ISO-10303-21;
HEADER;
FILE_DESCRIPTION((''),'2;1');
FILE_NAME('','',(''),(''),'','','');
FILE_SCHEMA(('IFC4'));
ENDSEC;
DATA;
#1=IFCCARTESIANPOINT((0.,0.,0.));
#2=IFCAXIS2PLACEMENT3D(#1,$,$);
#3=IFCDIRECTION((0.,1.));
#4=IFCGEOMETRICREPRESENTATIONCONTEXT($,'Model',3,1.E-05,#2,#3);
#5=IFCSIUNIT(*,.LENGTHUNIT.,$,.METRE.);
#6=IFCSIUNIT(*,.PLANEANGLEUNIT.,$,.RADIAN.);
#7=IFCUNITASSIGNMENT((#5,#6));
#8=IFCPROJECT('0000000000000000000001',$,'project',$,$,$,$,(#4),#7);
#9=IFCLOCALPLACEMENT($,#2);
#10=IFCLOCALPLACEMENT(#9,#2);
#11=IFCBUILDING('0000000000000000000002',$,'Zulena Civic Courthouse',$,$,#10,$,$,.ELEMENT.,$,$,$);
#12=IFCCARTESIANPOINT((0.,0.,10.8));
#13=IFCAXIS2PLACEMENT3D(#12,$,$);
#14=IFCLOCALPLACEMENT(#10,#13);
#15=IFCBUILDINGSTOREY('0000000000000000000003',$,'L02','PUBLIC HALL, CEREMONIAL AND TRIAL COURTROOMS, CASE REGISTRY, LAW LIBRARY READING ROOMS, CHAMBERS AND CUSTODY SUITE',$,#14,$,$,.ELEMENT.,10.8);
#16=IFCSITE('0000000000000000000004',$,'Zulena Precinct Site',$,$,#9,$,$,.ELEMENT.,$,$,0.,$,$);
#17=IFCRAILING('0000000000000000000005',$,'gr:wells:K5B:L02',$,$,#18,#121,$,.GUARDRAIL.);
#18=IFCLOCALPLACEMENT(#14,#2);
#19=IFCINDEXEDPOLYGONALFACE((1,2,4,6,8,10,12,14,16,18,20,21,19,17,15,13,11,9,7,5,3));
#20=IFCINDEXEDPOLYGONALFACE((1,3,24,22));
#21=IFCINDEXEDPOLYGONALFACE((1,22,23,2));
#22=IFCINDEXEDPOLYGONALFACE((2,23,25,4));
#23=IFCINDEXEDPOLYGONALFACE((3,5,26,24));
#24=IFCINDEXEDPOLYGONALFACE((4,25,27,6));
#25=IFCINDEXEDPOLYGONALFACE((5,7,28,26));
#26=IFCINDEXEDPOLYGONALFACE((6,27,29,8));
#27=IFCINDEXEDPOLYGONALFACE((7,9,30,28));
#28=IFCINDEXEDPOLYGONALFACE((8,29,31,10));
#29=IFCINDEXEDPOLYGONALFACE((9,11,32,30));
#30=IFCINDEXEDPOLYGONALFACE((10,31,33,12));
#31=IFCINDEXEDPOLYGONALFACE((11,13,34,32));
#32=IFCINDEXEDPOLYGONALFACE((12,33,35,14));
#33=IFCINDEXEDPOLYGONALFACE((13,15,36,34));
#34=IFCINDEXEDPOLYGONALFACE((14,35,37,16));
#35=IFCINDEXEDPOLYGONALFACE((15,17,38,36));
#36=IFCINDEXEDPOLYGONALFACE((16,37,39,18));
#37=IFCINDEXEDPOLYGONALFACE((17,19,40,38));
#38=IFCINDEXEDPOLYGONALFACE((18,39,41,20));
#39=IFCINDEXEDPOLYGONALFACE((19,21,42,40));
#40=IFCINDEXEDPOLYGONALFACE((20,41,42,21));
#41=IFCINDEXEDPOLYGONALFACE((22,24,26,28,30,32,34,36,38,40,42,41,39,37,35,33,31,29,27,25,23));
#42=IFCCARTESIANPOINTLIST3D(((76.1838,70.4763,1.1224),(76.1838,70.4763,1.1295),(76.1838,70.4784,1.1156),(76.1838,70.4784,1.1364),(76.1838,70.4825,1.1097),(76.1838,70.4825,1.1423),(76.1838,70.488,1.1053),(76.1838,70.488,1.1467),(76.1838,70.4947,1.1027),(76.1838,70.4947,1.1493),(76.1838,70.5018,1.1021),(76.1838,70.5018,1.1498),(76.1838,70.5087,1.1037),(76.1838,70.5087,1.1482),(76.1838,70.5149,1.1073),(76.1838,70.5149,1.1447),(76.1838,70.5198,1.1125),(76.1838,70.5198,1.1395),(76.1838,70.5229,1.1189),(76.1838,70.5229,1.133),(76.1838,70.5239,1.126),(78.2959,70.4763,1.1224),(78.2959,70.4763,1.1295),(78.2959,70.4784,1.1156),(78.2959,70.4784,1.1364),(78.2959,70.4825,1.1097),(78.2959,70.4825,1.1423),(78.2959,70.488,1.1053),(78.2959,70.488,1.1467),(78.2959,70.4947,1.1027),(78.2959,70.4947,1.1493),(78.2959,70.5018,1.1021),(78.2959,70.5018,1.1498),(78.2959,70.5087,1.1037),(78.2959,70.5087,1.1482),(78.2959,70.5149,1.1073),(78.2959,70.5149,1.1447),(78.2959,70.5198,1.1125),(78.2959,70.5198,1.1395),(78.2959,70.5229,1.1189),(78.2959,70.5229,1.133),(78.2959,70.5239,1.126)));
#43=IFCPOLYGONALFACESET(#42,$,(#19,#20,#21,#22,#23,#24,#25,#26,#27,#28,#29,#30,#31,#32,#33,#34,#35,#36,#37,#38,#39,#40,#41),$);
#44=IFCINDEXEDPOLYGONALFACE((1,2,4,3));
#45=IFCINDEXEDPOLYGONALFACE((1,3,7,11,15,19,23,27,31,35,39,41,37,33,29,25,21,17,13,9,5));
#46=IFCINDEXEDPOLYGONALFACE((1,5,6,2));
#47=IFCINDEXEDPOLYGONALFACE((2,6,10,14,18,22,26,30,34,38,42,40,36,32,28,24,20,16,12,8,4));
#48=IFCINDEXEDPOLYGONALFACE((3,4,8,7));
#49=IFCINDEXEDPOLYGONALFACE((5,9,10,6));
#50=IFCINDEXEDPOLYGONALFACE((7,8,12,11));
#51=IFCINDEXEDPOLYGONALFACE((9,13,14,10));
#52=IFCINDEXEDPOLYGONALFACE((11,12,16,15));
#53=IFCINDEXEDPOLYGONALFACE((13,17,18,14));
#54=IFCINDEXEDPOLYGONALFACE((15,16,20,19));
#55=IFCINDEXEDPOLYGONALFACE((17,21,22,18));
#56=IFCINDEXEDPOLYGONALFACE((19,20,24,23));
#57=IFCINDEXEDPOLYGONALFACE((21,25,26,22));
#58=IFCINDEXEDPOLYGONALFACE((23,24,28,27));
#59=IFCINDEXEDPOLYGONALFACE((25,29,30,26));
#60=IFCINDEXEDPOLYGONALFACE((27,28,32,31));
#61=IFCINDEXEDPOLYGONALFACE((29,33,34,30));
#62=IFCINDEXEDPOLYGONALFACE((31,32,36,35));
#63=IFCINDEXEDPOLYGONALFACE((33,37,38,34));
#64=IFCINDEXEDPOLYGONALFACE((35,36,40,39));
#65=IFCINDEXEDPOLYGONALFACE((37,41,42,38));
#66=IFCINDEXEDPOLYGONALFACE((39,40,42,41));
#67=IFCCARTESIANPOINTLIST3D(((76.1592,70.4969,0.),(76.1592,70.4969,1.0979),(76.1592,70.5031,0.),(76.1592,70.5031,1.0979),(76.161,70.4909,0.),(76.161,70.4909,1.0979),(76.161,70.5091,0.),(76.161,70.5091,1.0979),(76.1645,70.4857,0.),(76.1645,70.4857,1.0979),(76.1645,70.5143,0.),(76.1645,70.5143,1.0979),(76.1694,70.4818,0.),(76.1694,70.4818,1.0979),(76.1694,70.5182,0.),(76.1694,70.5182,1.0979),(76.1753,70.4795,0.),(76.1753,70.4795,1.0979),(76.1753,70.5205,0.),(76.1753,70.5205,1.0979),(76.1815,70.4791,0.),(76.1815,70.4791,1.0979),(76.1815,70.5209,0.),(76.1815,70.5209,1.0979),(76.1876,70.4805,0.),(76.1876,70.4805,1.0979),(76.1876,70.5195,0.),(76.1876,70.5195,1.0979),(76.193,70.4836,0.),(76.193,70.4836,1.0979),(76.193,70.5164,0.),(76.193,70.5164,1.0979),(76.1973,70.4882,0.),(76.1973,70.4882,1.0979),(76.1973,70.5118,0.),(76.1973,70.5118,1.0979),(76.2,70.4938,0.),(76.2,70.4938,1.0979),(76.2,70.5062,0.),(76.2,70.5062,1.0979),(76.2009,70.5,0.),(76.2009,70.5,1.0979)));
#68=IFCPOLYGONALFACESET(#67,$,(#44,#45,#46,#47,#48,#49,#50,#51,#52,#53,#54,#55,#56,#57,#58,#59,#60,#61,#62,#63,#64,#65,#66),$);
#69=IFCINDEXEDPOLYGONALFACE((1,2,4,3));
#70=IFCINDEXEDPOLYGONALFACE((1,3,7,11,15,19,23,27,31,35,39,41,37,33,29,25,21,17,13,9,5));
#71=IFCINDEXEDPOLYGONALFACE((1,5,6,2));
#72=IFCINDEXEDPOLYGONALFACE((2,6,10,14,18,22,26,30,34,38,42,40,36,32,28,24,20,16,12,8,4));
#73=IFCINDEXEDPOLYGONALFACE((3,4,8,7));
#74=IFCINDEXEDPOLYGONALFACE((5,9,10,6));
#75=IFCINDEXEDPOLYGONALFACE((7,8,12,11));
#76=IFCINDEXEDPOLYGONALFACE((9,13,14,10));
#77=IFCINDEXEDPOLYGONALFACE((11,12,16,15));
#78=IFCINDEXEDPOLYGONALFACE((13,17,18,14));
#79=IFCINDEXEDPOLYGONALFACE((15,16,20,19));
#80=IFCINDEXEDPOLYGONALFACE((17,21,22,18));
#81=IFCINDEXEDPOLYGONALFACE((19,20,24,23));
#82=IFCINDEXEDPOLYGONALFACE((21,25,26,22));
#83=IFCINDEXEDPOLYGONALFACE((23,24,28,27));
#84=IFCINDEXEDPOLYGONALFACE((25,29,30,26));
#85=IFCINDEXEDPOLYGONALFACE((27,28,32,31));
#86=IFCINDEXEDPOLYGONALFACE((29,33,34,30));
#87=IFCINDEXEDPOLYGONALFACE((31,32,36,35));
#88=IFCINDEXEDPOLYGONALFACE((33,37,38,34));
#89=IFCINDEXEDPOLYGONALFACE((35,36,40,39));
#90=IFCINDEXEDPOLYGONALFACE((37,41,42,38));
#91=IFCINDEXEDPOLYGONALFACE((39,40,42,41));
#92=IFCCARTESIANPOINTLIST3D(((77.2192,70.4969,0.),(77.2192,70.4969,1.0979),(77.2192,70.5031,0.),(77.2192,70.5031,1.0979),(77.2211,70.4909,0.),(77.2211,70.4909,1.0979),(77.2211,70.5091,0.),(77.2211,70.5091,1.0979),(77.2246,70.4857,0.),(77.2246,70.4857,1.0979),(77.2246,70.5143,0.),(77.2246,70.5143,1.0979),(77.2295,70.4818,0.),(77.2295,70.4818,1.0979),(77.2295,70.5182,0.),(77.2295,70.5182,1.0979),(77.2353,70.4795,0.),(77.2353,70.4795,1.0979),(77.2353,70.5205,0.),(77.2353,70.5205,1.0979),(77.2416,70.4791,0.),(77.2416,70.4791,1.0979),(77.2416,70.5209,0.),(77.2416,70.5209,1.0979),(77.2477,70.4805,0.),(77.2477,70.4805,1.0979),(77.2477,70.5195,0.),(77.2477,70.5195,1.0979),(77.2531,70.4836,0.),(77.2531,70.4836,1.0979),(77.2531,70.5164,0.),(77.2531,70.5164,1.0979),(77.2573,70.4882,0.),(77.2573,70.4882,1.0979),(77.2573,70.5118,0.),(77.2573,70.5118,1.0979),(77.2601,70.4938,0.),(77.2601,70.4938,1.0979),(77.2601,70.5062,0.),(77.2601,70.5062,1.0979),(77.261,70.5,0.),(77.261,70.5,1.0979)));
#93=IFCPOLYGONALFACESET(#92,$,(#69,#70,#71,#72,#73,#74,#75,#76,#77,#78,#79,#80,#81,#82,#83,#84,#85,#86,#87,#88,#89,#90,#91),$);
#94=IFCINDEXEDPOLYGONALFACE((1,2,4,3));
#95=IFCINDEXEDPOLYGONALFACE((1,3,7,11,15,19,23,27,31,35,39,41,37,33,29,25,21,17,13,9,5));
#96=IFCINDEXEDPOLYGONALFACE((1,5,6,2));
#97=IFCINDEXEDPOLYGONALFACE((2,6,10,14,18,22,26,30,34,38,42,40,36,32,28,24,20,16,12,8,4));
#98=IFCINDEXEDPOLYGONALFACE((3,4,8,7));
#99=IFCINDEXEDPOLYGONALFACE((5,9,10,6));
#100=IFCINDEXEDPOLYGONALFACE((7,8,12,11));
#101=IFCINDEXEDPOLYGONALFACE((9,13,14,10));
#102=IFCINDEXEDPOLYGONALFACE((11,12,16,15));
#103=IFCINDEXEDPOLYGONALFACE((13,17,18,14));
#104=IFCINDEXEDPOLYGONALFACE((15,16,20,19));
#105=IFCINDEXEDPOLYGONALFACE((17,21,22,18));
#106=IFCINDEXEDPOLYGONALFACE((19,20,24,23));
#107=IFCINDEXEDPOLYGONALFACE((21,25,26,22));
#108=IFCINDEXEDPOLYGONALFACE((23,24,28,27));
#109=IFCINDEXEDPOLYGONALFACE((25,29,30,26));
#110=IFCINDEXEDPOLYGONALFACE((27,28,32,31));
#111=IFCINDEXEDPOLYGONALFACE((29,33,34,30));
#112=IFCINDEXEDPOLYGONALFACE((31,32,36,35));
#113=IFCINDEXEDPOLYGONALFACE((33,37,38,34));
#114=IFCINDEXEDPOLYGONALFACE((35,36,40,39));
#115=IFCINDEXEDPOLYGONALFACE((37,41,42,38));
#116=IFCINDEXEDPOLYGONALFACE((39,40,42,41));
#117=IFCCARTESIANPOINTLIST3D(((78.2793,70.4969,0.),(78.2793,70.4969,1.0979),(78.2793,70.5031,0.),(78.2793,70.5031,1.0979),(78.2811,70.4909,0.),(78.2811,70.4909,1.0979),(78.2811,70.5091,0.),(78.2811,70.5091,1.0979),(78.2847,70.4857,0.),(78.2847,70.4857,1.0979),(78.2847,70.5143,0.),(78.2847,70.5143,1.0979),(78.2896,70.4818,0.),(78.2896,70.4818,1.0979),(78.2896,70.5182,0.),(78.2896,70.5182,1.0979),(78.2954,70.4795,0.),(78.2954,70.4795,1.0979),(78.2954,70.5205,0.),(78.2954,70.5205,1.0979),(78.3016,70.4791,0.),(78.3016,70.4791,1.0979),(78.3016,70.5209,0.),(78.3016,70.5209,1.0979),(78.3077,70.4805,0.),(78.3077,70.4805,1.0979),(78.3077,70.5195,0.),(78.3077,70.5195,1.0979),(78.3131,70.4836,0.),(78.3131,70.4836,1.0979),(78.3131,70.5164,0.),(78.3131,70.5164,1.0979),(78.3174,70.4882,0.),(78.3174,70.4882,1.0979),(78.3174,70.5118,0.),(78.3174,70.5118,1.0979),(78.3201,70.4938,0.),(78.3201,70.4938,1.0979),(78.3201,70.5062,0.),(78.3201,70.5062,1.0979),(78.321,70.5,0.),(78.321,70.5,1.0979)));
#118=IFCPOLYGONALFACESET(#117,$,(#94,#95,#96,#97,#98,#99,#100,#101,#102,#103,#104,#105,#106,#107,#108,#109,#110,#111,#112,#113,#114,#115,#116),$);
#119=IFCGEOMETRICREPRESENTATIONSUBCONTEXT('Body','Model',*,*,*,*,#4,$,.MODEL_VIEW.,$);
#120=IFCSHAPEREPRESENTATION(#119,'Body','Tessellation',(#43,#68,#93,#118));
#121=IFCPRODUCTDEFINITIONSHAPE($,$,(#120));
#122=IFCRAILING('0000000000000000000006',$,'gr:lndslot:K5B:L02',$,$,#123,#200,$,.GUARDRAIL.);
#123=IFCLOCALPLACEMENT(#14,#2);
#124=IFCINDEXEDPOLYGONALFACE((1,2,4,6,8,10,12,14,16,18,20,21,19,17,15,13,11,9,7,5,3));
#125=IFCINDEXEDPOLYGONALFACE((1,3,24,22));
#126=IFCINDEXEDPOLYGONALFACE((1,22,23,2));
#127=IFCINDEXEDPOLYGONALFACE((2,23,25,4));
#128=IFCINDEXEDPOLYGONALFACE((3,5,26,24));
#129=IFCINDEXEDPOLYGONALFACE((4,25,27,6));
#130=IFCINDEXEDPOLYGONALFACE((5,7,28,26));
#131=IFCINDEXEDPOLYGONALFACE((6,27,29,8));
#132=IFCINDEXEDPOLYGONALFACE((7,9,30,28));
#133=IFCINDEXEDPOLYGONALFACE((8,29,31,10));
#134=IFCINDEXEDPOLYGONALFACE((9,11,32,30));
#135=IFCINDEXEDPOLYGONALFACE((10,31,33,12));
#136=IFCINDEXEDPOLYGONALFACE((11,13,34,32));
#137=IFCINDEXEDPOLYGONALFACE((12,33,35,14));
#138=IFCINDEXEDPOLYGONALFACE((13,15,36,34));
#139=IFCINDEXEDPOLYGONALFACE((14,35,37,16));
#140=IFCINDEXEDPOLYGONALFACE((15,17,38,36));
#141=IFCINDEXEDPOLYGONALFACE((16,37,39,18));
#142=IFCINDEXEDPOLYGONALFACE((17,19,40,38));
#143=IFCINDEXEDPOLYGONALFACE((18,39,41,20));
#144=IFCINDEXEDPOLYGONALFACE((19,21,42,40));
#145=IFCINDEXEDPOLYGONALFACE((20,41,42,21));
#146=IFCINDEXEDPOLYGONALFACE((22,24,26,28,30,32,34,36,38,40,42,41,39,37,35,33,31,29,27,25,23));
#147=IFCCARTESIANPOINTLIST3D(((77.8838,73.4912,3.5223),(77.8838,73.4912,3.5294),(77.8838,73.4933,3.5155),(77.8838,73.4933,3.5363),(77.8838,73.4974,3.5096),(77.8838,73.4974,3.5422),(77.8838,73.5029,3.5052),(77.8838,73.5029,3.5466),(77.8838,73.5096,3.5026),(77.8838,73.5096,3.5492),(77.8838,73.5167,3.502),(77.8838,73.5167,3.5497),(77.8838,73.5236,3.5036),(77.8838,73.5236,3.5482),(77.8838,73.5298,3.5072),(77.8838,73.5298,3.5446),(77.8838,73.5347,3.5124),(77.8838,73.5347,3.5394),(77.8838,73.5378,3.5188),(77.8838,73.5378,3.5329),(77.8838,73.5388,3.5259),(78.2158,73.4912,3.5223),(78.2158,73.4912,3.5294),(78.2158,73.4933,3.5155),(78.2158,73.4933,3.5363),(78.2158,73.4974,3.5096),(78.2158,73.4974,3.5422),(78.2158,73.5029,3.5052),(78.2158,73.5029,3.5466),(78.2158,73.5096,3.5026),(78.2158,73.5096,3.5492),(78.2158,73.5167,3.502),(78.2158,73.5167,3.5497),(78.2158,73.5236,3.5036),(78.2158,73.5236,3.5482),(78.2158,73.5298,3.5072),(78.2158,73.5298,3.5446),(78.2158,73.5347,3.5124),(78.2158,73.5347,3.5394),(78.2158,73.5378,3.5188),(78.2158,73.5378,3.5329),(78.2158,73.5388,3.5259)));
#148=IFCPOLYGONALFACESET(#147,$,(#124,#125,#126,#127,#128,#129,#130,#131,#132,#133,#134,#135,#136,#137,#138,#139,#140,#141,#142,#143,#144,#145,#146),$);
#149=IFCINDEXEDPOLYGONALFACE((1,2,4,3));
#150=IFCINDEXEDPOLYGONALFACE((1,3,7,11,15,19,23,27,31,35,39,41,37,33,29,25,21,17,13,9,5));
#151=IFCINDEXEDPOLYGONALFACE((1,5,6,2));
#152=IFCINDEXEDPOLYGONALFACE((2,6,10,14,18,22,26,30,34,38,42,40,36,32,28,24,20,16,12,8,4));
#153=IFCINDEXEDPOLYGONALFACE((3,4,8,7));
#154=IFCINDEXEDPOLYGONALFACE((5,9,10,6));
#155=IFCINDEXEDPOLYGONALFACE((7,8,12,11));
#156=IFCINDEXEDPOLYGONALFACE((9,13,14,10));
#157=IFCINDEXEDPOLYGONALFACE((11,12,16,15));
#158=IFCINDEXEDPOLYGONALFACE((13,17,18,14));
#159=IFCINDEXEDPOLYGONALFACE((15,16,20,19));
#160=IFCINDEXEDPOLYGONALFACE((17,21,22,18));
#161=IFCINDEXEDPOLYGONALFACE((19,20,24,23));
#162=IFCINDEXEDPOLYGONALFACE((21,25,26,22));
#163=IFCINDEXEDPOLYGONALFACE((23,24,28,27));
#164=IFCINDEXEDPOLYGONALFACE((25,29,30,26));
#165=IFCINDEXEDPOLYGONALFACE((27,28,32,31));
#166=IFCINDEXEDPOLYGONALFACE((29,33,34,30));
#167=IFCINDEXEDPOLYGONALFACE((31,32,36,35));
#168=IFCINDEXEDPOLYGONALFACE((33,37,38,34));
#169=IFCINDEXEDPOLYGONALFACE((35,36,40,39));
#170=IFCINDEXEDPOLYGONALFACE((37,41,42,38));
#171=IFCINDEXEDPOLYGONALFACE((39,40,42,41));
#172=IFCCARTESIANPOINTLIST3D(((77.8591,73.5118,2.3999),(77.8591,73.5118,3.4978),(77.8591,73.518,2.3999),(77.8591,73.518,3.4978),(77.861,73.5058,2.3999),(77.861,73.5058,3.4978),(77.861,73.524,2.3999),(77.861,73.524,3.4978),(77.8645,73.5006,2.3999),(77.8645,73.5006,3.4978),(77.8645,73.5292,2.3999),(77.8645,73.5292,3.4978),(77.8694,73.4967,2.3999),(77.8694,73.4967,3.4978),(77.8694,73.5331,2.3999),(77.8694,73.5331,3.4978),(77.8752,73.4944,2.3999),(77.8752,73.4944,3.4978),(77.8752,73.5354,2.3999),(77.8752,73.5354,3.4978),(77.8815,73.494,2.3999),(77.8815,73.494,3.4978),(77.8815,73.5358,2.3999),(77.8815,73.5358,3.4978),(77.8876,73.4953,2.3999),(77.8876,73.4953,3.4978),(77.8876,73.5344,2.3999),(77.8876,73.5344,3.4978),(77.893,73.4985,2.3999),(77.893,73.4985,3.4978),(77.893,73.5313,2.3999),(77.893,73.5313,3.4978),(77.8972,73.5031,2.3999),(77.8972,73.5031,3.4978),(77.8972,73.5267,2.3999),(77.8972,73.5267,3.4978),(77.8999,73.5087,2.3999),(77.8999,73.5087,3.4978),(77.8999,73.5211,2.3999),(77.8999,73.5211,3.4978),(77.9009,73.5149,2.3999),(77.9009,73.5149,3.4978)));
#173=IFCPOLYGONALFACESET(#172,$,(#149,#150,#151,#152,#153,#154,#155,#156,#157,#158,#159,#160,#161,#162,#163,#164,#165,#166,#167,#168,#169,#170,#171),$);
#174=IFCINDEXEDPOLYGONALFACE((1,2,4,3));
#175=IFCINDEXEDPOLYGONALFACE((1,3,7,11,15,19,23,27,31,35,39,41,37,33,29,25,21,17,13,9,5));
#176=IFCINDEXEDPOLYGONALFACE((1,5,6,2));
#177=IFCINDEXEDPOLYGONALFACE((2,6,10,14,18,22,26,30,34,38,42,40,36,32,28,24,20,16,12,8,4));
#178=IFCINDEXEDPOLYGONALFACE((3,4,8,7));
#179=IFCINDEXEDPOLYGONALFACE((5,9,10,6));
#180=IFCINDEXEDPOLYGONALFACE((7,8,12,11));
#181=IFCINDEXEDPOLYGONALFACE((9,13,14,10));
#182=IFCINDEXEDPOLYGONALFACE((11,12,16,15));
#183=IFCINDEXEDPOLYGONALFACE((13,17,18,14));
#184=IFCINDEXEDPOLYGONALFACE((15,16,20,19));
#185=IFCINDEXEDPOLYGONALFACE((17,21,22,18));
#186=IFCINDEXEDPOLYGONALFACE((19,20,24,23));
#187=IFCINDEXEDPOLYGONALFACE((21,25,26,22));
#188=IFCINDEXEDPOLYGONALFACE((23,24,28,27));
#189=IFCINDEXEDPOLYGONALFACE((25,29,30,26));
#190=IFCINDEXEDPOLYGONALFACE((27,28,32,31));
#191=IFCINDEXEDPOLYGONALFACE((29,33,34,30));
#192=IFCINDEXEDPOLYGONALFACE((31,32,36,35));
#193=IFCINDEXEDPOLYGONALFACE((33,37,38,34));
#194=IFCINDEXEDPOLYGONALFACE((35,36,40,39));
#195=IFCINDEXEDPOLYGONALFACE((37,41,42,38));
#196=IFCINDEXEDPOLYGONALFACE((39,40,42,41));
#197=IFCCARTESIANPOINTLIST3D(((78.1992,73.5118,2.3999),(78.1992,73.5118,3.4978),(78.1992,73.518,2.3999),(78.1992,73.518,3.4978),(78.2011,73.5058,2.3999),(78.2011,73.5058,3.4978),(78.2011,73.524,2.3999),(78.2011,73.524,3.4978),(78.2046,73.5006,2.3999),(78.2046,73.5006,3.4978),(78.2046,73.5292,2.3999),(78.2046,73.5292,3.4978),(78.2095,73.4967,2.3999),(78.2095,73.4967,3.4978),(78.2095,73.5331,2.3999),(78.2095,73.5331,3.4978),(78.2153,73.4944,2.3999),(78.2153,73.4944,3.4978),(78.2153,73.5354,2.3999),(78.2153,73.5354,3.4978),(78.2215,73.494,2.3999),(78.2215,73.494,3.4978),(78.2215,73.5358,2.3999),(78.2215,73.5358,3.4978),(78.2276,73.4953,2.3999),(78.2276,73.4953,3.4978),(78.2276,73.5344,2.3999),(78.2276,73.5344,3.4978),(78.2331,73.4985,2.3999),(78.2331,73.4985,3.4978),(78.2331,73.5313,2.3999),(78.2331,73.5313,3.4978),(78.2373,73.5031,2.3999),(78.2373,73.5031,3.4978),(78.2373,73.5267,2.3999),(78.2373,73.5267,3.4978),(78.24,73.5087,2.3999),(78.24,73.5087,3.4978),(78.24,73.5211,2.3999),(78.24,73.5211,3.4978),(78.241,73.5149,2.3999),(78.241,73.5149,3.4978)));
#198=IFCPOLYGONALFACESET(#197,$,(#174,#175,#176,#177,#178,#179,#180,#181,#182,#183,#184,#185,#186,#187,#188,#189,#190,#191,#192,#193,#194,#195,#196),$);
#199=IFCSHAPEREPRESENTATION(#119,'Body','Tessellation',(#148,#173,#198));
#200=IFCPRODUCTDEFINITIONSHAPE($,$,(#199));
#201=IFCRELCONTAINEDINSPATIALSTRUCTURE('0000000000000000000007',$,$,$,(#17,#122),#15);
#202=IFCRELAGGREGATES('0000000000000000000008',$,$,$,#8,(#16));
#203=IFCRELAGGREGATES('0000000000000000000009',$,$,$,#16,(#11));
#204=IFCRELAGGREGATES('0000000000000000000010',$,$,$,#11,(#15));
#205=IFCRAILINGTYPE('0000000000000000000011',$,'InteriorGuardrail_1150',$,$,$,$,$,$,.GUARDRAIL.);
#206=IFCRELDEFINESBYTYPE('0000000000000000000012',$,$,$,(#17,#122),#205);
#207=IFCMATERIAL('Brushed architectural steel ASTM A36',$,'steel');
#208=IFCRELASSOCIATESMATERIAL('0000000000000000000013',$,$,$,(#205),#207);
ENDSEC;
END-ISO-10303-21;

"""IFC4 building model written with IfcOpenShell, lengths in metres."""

from ifc_helpers import new_model, si_unit, direction, frame, origin, origin_2d, place, context, subcontext, project, spatial, circle, extrude, material, type_object, element, save


model = new_model("IFC4")

# Units and contexts
model_context = context("Model", 3, precision=1e-05, world=origin(), true_north=direction((0.0, 1.0)))
body_context = subcontext(model_context, "Body", "Model", "MODEL_VIEW")
ifc_project = project(units=[si_unit("LENGTHUNIT", "METRE"), si_unit("PLANEANGLEUNIT", "RADIAN")], contexts=[model_context])

# Site, building, storey
site_placement = place(None, origin())
site = spatial("IfcSite", under=ifc_project, at=site_placement, Name="Zulena Precinct Site", CompositionType="ELEMENT", RefElevation=0.0)
building_placement = place(site_placement, origin())
building = spatial("IfcBuilding", under=site, at=building_placement, Name="Zulena Civic Courthouse", CompositionType="ELEMENT")
storey_placement = place(building_placement, frame((0.0, 0.0, 10.8)))
storey = spatial("IfcBuildingStorey", under=building, at=storey_placement, Name="L02", Description="PUBLIC HALL, CEREMONIAL AND TRIAL COURTROOMS, CASE REGISTRY, LAW LIBRARY READING ROOMS, CHAMBERS AND CUSTODY SUITE", CompositionType="ELEMENT", Elevation=10.8)

# Railings
ifc_material_1 = material(Name="Brushed architectural steel ASTM A36", Category="steel")
railing_type_1 = type_object("IfcRailingType", Name="InteriorGuardrail_1150", PredefinedType="GUARDRAIL", material=ifc_material_1)
railing_1_placement = place(storey_placement, frame((76.1799, 70.5, 0.0)))
element("IfcRailing", 1, at=railing_1_placement, inside=storey, type_object=railing_type_1, Name="gr:wells:K5B:L02", PredefinedType="GUARDRAIL", context=body_context, shape_type="SweptSolid", body=[
    extrude(circle(Radius=0.0239, at=origin_2d()), frame((0.0039, 0.0, 1.126), z_axis=(1.0, 0.0, 0.0), x_axis=(0.0, 1.0, 0.0)), (0.0, 0.0, 1.0), 2.1121),
    extrude(circle(Radius=0.021, at=origin_2d()), origin(), (0.0, 0.0, 1.0), 1.0979),
    extrude(circle(Radius=0.021, at=origin_2d()), frame((1.0601, 0.0, 0.0)), (0.0, 0.0, 1.0), 1.0979),
    extrude(circle(Radius=0.021, at=origin_2d()), frame((2.1201, 0.0, 0.0)), (0.0, 0.0, 1.0), 1.0979),
])
railing_2_placement = place(storey_placement, frame((77.8799, 73.5149, 2.3999)))
element("IfcRailing", 2, at=railing_2_placement, inside=storey, type_object=railing_type_1, Name="gr:lndslot:K5B:L02", PredefinedType="GUARDRAIL", context=body_context, shape_type="SweptSolid", body=[
    extrude(circle(Radius=0.0239, at=origin_2d()), frame((0.0039, 0.0, 1.126), z_axis=(1.0, 0.0, 0.0), x_axis=(0.0, 1.0, 0.0)), (0.0, 0.0, 1.0), 0.332),
    extrude(circle(Radius=0.021, at=origin_2d()), origin(), (0.0, 0.0, 1.0), 1.0979),
    extrude(circle(Radius=0.021, at=origin_2d()), frame((0.3401, 0.0, 0.0)), (0.0, 0.0, 1.0), 1.0979),
])

save(model, "model.ifc")
